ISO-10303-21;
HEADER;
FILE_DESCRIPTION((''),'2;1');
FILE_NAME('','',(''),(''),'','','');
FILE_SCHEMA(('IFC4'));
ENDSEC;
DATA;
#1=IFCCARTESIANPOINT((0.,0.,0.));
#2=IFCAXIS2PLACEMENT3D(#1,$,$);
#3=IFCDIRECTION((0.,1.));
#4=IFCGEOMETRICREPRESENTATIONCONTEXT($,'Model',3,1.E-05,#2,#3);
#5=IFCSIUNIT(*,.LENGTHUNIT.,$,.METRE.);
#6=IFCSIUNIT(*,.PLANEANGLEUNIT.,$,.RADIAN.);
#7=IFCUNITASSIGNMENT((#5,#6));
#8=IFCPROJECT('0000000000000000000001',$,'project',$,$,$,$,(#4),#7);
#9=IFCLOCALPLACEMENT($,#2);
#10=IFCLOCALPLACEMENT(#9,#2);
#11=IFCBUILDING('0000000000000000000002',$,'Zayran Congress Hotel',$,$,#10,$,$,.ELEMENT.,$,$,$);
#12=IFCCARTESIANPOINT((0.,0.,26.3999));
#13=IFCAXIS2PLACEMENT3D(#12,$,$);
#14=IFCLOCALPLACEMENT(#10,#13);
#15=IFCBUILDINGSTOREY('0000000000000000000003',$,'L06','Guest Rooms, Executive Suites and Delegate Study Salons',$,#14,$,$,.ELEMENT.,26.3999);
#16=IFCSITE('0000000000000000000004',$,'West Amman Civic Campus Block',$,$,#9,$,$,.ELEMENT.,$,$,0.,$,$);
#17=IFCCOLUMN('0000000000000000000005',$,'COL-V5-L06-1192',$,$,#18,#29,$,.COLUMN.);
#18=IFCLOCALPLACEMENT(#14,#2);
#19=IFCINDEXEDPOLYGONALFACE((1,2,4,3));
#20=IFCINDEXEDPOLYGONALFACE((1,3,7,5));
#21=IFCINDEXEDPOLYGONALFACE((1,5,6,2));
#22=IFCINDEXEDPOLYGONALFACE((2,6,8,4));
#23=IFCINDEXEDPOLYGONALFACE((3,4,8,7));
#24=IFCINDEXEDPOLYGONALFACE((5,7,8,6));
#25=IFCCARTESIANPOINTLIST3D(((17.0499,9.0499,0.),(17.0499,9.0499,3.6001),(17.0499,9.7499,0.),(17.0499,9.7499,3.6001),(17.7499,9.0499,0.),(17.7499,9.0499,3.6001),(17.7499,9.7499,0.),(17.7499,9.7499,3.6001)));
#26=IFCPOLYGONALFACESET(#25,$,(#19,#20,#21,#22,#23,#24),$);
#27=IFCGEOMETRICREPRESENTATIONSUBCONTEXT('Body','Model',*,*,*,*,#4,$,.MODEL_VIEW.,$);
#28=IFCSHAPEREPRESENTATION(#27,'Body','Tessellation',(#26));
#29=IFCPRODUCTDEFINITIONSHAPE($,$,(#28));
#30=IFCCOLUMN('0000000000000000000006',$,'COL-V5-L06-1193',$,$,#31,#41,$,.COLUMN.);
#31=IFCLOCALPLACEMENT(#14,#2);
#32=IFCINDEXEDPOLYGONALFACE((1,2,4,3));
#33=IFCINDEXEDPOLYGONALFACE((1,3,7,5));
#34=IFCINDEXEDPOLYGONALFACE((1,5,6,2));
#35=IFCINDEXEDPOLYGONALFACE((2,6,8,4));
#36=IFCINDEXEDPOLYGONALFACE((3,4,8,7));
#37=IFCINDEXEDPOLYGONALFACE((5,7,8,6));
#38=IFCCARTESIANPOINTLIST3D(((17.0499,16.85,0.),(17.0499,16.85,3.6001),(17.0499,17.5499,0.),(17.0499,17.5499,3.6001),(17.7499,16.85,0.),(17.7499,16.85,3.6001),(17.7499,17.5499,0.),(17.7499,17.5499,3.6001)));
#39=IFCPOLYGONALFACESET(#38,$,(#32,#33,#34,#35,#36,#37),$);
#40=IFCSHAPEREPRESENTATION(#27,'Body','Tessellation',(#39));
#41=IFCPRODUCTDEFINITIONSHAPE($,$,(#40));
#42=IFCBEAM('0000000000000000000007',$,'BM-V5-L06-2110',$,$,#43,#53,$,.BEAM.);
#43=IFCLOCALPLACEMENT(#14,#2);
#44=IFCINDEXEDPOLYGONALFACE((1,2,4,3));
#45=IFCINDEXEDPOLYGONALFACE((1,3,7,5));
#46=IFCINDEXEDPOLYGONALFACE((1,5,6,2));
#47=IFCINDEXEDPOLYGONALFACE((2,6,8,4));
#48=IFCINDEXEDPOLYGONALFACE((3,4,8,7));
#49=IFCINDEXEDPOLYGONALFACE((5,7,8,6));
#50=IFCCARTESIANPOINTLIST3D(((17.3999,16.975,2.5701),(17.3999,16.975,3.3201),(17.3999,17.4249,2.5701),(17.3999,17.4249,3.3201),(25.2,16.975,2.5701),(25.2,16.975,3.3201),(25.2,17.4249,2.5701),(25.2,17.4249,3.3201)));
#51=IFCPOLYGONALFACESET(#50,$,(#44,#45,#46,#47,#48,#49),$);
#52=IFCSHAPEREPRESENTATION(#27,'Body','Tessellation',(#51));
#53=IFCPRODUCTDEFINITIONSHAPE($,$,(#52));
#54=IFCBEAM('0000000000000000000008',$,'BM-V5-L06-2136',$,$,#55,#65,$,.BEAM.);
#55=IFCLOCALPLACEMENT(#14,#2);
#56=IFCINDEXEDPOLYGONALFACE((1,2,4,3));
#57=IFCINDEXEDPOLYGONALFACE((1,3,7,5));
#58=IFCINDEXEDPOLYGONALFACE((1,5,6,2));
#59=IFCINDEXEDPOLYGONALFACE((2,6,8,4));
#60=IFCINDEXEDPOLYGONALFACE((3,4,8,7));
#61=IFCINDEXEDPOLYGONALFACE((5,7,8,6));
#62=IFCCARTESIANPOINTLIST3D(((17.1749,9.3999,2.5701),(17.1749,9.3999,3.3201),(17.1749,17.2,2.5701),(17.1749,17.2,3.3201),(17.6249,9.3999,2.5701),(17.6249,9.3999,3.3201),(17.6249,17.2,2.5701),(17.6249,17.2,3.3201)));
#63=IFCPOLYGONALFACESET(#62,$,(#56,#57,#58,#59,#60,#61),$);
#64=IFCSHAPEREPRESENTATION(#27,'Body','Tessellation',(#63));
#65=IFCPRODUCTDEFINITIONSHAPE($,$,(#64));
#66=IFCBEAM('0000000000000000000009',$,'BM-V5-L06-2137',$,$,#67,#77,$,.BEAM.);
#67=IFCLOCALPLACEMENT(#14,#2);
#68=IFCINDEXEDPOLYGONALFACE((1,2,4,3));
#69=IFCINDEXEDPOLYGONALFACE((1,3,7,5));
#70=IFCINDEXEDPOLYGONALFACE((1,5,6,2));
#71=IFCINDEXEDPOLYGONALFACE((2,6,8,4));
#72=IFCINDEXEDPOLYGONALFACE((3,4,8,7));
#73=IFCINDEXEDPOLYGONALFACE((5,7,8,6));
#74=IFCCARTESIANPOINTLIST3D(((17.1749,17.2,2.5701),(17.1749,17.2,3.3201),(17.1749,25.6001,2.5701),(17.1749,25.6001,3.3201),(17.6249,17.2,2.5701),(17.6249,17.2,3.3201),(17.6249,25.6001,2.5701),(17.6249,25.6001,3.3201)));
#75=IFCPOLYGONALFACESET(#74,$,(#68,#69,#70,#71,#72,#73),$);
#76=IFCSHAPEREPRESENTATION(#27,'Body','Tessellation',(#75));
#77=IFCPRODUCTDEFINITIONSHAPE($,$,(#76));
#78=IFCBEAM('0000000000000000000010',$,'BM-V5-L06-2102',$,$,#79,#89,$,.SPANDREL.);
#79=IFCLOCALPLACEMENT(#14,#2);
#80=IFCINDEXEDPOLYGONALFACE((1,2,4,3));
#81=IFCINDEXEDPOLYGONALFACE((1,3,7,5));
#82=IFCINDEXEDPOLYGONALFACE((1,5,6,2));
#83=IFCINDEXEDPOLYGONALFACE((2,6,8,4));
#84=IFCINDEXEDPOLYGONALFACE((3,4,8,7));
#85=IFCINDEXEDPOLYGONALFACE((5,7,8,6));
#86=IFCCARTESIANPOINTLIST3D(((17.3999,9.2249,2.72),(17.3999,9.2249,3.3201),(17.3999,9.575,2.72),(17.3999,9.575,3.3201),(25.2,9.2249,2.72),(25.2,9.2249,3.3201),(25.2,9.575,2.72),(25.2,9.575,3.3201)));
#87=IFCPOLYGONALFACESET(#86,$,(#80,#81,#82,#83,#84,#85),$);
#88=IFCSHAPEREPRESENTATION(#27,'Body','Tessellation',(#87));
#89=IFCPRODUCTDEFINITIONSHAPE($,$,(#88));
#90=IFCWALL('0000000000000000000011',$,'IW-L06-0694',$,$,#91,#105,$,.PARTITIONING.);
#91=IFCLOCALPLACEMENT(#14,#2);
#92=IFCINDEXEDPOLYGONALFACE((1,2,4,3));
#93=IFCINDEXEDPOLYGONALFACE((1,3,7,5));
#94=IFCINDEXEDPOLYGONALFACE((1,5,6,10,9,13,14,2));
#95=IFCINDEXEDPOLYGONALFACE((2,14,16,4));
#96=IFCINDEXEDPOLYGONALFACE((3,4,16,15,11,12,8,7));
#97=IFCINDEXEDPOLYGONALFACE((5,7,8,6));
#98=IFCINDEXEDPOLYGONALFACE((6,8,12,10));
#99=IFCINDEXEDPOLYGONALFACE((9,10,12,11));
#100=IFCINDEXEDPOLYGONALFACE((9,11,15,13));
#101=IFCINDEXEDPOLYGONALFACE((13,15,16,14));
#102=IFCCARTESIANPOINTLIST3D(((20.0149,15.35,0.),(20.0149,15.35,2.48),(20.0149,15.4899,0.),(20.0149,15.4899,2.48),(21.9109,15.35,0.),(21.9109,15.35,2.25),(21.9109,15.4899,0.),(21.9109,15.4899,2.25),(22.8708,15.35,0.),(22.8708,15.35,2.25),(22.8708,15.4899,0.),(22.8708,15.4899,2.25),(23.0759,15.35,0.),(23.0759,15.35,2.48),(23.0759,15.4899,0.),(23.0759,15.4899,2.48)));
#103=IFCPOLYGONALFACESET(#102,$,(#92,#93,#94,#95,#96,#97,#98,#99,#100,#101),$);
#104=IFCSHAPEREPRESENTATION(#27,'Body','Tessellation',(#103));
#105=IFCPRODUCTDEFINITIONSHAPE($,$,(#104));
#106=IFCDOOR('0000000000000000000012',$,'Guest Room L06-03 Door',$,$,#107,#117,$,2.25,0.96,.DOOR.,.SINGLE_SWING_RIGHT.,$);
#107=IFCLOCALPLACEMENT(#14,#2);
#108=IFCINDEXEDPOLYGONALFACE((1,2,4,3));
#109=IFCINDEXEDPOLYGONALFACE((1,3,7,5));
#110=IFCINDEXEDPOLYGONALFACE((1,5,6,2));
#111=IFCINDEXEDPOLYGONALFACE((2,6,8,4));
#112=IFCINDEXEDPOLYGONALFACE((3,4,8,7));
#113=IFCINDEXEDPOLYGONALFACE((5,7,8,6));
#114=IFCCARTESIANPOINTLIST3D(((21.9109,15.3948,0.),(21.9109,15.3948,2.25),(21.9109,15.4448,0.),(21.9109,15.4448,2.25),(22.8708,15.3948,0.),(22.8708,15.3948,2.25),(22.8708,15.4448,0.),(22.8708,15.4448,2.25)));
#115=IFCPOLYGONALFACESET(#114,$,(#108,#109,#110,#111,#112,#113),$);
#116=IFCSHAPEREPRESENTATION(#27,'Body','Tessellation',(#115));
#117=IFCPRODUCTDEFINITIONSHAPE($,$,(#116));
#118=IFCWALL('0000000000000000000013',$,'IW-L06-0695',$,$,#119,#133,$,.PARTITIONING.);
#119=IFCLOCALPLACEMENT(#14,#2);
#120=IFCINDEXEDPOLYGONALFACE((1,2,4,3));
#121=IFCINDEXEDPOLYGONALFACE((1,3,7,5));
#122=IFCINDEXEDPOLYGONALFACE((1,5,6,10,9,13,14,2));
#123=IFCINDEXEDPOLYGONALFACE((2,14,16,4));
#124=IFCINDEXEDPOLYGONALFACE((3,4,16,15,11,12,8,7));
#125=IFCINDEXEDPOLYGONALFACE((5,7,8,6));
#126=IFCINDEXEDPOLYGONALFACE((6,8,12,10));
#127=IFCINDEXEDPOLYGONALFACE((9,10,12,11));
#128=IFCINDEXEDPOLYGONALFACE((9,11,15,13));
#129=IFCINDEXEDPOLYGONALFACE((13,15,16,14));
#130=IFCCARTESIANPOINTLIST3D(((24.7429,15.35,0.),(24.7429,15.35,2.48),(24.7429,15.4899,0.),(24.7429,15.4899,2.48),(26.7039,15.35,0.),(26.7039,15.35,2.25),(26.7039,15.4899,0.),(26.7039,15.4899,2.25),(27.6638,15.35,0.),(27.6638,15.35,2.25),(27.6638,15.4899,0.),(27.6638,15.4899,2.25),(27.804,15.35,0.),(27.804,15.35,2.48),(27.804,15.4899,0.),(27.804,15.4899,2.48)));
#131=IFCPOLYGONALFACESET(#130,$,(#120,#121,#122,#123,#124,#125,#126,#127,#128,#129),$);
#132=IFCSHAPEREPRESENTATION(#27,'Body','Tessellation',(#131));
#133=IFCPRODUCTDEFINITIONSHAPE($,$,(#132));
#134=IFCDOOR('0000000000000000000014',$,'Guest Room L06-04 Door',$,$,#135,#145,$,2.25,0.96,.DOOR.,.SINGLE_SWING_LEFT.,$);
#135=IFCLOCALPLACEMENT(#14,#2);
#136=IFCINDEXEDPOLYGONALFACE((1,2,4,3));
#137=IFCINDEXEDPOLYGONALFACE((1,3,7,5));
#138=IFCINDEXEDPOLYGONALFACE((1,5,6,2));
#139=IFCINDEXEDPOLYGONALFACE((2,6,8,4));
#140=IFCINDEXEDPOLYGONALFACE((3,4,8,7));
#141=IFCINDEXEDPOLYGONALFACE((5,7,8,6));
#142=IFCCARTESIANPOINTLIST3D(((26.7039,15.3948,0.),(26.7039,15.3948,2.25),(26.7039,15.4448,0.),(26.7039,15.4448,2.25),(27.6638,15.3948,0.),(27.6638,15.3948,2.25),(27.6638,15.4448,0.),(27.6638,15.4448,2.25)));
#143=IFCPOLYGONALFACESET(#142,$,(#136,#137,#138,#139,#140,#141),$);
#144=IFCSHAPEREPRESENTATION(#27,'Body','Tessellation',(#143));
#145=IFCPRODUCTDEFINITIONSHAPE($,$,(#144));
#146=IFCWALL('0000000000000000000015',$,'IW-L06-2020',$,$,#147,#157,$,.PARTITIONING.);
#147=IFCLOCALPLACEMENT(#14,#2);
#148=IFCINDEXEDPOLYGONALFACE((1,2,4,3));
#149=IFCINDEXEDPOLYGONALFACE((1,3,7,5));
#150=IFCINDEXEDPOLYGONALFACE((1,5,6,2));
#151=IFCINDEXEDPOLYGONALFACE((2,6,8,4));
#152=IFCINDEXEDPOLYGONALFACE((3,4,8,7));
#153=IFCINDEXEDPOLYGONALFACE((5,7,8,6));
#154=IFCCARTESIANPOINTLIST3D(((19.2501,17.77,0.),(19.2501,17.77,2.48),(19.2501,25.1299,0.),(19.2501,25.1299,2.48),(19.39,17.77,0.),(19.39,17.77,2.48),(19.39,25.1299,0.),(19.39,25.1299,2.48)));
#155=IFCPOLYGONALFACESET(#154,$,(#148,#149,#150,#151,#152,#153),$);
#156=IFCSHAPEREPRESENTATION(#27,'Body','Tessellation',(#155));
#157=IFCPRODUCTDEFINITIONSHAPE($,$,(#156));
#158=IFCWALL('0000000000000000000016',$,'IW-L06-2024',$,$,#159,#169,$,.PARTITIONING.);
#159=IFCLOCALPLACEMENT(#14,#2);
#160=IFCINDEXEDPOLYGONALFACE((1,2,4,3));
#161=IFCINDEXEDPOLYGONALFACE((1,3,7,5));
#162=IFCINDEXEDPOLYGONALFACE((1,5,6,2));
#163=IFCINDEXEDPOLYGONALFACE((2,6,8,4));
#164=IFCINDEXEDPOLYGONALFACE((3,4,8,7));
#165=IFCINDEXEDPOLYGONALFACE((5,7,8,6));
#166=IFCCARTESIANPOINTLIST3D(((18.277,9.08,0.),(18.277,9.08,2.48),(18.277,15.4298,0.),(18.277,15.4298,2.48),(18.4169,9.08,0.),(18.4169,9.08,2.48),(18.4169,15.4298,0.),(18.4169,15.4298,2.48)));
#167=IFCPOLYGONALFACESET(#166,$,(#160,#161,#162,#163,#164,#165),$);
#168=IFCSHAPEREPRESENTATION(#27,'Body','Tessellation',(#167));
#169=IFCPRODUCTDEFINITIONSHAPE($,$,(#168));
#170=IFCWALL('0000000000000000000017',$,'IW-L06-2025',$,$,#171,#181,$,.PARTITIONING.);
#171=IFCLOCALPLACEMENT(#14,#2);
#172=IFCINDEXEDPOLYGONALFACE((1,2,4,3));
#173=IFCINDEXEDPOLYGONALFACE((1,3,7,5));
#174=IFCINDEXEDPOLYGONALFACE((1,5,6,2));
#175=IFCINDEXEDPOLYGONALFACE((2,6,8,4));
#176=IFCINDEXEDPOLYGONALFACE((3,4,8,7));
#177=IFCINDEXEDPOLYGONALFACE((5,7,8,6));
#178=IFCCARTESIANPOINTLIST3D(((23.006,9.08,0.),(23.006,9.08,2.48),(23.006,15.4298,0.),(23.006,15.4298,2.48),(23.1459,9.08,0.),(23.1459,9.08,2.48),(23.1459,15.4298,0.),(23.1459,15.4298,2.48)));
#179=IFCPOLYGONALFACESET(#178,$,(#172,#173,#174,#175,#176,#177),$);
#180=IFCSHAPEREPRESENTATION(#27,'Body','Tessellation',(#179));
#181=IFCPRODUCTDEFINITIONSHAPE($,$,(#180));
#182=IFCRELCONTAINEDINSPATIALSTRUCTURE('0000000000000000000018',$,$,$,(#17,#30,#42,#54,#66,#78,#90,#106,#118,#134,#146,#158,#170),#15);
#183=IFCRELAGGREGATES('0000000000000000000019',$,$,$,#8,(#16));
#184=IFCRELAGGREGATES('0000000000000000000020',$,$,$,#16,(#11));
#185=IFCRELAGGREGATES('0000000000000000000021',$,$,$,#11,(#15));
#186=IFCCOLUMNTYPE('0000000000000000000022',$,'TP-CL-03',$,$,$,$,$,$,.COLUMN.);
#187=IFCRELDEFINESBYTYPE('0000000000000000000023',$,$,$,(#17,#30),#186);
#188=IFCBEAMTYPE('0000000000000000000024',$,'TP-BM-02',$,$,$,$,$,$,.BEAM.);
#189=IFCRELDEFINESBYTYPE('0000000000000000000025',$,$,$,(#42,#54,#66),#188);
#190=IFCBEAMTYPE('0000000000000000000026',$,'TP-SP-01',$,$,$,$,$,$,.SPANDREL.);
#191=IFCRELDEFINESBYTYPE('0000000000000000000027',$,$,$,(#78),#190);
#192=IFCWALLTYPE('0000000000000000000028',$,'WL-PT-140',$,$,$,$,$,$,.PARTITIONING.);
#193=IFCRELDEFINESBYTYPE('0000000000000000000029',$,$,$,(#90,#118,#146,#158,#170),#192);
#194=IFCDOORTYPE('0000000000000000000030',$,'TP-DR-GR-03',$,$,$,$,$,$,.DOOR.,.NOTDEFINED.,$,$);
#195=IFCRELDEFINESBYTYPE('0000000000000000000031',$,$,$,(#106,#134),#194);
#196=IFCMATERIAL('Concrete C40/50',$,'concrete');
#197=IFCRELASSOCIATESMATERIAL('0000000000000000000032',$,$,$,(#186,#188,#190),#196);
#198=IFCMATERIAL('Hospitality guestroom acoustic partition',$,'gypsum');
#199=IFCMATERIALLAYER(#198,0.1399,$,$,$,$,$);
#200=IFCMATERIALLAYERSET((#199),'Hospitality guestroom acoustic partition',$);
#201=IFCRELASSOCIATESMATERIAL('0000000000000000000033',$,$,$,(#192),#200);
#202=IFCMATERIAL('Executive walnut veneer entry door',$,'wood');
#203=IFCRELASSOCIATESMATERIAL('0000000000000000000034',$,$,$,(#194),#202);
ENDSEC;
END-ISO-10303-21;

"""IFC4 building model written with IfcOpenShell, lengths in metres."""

from ifc_helpers import new_model, si_unit, direction, frame, frame_2d, origin, origin_2d, place, context, subcontext, project, spatial, rectangle, extrude, material, layer, layer_set, material_profile, profile_set, type_object, element, fill, save


model = new_model("IFC4")

# Units and contexts
model_context = context("Model", 3, precision=1e-05, world=origin(), true_north=direction((0.0, 1.0)))
body_context = subcontext(model_context, "Body", "Model", "MODEL_VIEW")
ifc_project = project(units=[si_unit("LENGTHUNIT", "METRE"), si_unit("PLANEANGLEUNIT", "RADIAN")], contexts=[model_context])

# Site, building, storey
site_placement = place(None, origin())
site = spatial("IfcSite", under=ifc_project, at=site_placement, Name="West Amman Civic Campus Block", CompositionType="ELEMENT", RefElevation=0.0)
building_placement = place(site_placement, origin())
building = spatial("IfcBuilding", under=site, at=building_placement, Name="Zayran Congress Hotel", CompositionType="ELEMENT")
storey_placement = place(building_placement, frame((0.0, 0.0, 26.3999)))
storey = spatial("IfcBuildingStorey", under=building, at=storey_placement, Name="L06", Description="Guest Rooms, Executive Suites and Delegate Study Salons", CompositionType="ELEMENT", Elevation=26.3999)

# Columns
ifc_material_1 = material(Name="Concrete C40/50", Category="concrete")
ifc_material_profile_1 = material_profile(ifc_material_1, rectangle(XDim=0.7, YDim=0.7, at=origin_2d()), Name="RC 700x700")
ifc_profile_set_1 = profile_set([ifc_material_profile_1], Name="Concrete C40/50")
column_type = type_object("IfcColumnType", Name="TP-CL-03", PredefinedType="COLUMN", material=ifc_profile_set_1)
for number, where, z_axis, x_axis, name in (
    (1, (17.3999, 9.3999, 0.0), (0.0, 0.0, 1.0), (1.0, 0.0, 0.0), "COL-V5-L06-1192"),
    (2, (17.3999, 17.2, 0.0), (0.0, 0.0, 1.0), (1.0, 0.0, 0.0), "COL-V5-L06-1193"),
):
    element("IfcColumn", number, at=place(storey_placement, frame(where, z_axis=z_axis, x_axis=x_axis)), inside=storey, type_object=column_type, Name=name, PredefinedType="COLUMN", context=body_context, shape_type="SweptSolid", body=[
        extrude(rectangle(XDim=0.7, YDim=0.7, at=origin_2d()), origin(), (0.0, 0.0, 1.0), 3.6001),
    ])

# Beams
ifc_material_profile_2 = material_profile(ifc_material_1, rectangle(XDim=0.45, YDim=0.75, at=origin_2d()), Name="RC 450x750")
ifc_profile_set_2 = profile_set([ifc_material_profile_2], Name="Concrete C40/50")
beam_type_1 = type_object("IfcBeamType", Name="TP-BM-02", PredefinedType="BEAM", material=ifc_profile_set_2)
for number, where, z_axis, x_axis, name in (
    (3, (17.3999, 17.2, 2.9451), (1.0, 0.0, 0.0), (0.0, 1.0, 0.0), "BM-V5-L06-2110"),
    (4, (17.3999, 9.3999, 2.9451), (0.0, 1.0, 0.0), (-1.0, 0.0, 0.0), "BM-V5-L06-2136"),
):
    element("IfcBeam", number, at=place(storey_placement, frame(where, z_axis=z_axis, x_axis=x_axis)), inside=storey, type_object=beam_type_1, Name=name, PredefinedType="BEAM", context=body_context, shape_type="SweptSolid", body=[
        extrude(rectangle(XDim=0.45, YDim=0.75, at=origin_2d()), origin(), (0.0, 0.0, 1.0), 7.8),
    ])
beam_1_placement = place(storey_placement, frame((17.3999, 17.2, 2.9451), z_axis=(0.0, 1.0, 0.0), x_axis=(-1.0, 0.0, 0.0)))
element("IfcBeam", 5, at=beam_1_placement, inside=storey, type_object=beam_type_1, Name="BM-V5-L06-2137", PredefinedType="BEAM", context=body_context, shape_type="SweptSolid", body=[
    extrude(rectangle(XDim=0.45, YDim=0.75, at=origin_2d()), origin(), (0.0, 0.0, 1.0), 8.4001),
])
ifc_material_profile_3 = material_profile(ifc_material_1, rectangle(XDim=0.3501, YDim=0.6001, at=origin_2d()), Name="RC 350x600")
ifc_profile_set_3 = profile_set([ifc_material_profile_3], Name="Concrete C40/50")
beam_type_2 = type_object("IfcBeamType", Name="TP-SP-01", PredefinedType="SPANDREL", material=ifc_profile_set_3)
beam_2_placement = place(storey_placement, frame((17.3999, 9.3999, 3.02), z_axis=(1.0, 0.0, 0.0), x_axis=(0.0, 1.0, 0.0)))
element("IfcBeam", 6, at=beam_2_placement, inside=storey, type_object=beam_type_2, Name="BM-V5-L06-2102", PredefinedType="SPANDREL", context=body_context, shape_type="SweptSolid", body=[
    extrude(rectangle(XDim=0.3501, YDim=0.6001, at=origin_2d()), origin(), (0.0, 0.0, 1.0), 7.8),
])

# Walls, openings, doors
ifc_material_2 = material(Name="Hospitality guestroom acoustic partition", Category="gypsum")
ifc_layer_1 = layer(ifc_material_2, 0.1399)
ifc_layer_set_1 = layer_set([ifc_layer_1], Name="Hospitality guestroom acoustic partition")
wall_type_1 = type_object("IfcWallType", Name="WL-PT-140", PredefinedType="PARTITIONING", material=ifc_layer_set_1)
wall_1_placement = place(storey_placement, frame((20.0149, 15.4199, 0.0), z_axis=(0.0, 0.0, 1.0), x_axis=(1.0, 0.0, 0.0)))
wall_1 = element("IfcWall", 7, at=wall_1_placement, inside=storey, type_object=wall_type_1, Name="IW-L06-0694", PredefinedType="PARTITIONING", context=body_context, shape_type="SweptSolid", body=[
    extrude(rectangle(XDim=3.061, YDim=0.1399, at=frame_2d((1.5305, 0.0))), origin(), (0.0, 0.0, 1.0), 2.48),
])
opening_1_placement = place(wall_1_placement, frame((1.896, 0.0, 0.0)))
opening_1 = element("IfcOpeningElement", 8, at=opening_1_placement, cuts=wall_1, PredefinedType="OPENING", context=body_context, shape_type="SweptSolid", body=[
    extrude(rectangle(XDim=0.96, YDim=2.25, at=frame_2d((0.48, 1.125))), frame((0.0, 0.0798, 0.0), z_axis=(0.0, -1.0, 0.0), x_axis=(1.0, 0.0, 0.0)), (0.0, 0.0, 1.0), 0.1599),
])
ifc_material_3 = material(Name="Executive walnut veneer entry door", Category="wood")
door_type_1 = type_object("IfcDoorType", Name="TP-DR-GR-03", OperationType="NOTDEFINED", PredefinedType="DOOR", material=ifc_material_3)
door_1_placement = place(opening_1_placement, origin())
door_1 = element("IfcDoor", 9, at=door_1_placement, inside=storey, type_object=door_type_1, Name="Guest Room L06-03 Door", OperationType="SINGLE_SWING_RIGHT", OverallHeight=2.25, OverallWidth=0.96, PredefinedType="DOOR", context=body_context, shape_type="SweptSolid", body=[
    extrude(rectangle(XDim=0.96, YDim=2.25, at=frame_2d((0.48, 1.125))), frame((0.0, 0.0249, 0.0), z_axis=(0.0, -1.0, 0.0), x_axis=(1.0, 0.0, 0.0)), (0.0, 0.0, 1.0), 0.05),
])
fill(opening_1, door_1)
wall_2_placement = place(storey_placement, frame((24.7429, 15.4199, 0.0), z_axis=(0.0, 0.0, 1.0), x_axis=(1.0, 0.0, 0.0)))
wall_2 = element("IfcWall", 10, at=wall_2_placement, inside=storey, type_object=wall_type_1, Name="IW-L06-0695", PredefinedType="PARTITIONING", context=body_context, shape_type="SweptSolid", body=[
    extrude(rectangle(XDim=3.061, YDim=0.1399, at=frame_2d((1.5305, 0.0))), origin(), (0.0, 0.0, 1.0), 2.48),
])
opening_2_placement = place(wall_2_placement, frame((1.9609, 0.0, 0.0)))
opening_2 = element("IfcOpeningElement", 11, at=opening_2_placement, cuts=wall_2, PredefinedType="OPENING", context=body_context, shape_type="SweptSolid", body=[
    extrude(rectangle(XDim=0.96, YDim=2.25, at=frame_2d((0.48, 1.125))), frame((0.0, 0.0798, 0.0), z_axis=(0.0, -1.0, 0.0), x_axis=(1.0, 0.0, 0.0)), (0.0, 0.0, 1.0), 0.1599),
])
door_2_placement = place(opening_2_placement, origin())
door_2 = element("IfcDoor", 12, at=door_2_placement, inside=storey, type_object=door_type_1, Name="Guest Room L06-04 Door", OperationType="SINGLE_SWING_LEFT", OverallHeight=2.25, OverallWidth=0.96, PredefinedType="DOOR", context=body_context, shape_type="SweptSolid", body=[
    extrude(rectangle(XDim=0.96, YDim=2.25, at=frame_2d((0.48, 1.125))), frame((0.0, 0.0249, 0.0), z_axis=(0.0, -1.0, 0.0), x_axis=(1.0, 0.0, 0.0)), (0.0, 0.0, 1.0), 0.05),
])
fill(opening_2, door_2)

# Walls
wall_3_placement = place(storey_placement, frame((19.3201, 17.77, 0.0), z_axis=(0.0, 0.0, 1.0), x_axis=(0.0, 1.0, 0.0)))
element("IfcWall", 13, at=wall_3_placement, inside=storey, type_object=wall_type_1, Name="IW-L06-2020", PredefinedType="PARTITIONING", context=body_context, shape_type="SweptSolid", body=[
    extrude(rectangle(XDim=7.3599, YDim=0.1399, at=frame_2d((3.6799, 0.0))), origin(), (0.0, 0.0, 1.0), 2.48),
])
for number, where, z_axis, x_axis, name in (
    (14, (18.3469, 9.0801, 0.0), (0.0, 0.0, 1.0), (0.0, 1.0, 0.0), "IW-L06-2024"),
    (15, (23.0759, 9.0801, 0.0), (0.0, 0.0, 1.0), (0.0, 1.0, 0.0), "IW-L06-2025"),
):
    element("IfcWall", number, at=place(storey_placement, frame(where, z_axis=z_axis, x_axis=x_axis)), inside=storey, type_object=wall_type_1, Name=name, PredefinedType="PARTITIONING", context=body_context, shape_type="SweptSolid", body=[
        extrude(rectangle(XDim=6.3499, YDim=0.1399, at=frame_2d((3.1748, 0.0))), origin(), (0.0, 0.0, 1.0), 2.48),
    ])

save(model, "model.ifc")
